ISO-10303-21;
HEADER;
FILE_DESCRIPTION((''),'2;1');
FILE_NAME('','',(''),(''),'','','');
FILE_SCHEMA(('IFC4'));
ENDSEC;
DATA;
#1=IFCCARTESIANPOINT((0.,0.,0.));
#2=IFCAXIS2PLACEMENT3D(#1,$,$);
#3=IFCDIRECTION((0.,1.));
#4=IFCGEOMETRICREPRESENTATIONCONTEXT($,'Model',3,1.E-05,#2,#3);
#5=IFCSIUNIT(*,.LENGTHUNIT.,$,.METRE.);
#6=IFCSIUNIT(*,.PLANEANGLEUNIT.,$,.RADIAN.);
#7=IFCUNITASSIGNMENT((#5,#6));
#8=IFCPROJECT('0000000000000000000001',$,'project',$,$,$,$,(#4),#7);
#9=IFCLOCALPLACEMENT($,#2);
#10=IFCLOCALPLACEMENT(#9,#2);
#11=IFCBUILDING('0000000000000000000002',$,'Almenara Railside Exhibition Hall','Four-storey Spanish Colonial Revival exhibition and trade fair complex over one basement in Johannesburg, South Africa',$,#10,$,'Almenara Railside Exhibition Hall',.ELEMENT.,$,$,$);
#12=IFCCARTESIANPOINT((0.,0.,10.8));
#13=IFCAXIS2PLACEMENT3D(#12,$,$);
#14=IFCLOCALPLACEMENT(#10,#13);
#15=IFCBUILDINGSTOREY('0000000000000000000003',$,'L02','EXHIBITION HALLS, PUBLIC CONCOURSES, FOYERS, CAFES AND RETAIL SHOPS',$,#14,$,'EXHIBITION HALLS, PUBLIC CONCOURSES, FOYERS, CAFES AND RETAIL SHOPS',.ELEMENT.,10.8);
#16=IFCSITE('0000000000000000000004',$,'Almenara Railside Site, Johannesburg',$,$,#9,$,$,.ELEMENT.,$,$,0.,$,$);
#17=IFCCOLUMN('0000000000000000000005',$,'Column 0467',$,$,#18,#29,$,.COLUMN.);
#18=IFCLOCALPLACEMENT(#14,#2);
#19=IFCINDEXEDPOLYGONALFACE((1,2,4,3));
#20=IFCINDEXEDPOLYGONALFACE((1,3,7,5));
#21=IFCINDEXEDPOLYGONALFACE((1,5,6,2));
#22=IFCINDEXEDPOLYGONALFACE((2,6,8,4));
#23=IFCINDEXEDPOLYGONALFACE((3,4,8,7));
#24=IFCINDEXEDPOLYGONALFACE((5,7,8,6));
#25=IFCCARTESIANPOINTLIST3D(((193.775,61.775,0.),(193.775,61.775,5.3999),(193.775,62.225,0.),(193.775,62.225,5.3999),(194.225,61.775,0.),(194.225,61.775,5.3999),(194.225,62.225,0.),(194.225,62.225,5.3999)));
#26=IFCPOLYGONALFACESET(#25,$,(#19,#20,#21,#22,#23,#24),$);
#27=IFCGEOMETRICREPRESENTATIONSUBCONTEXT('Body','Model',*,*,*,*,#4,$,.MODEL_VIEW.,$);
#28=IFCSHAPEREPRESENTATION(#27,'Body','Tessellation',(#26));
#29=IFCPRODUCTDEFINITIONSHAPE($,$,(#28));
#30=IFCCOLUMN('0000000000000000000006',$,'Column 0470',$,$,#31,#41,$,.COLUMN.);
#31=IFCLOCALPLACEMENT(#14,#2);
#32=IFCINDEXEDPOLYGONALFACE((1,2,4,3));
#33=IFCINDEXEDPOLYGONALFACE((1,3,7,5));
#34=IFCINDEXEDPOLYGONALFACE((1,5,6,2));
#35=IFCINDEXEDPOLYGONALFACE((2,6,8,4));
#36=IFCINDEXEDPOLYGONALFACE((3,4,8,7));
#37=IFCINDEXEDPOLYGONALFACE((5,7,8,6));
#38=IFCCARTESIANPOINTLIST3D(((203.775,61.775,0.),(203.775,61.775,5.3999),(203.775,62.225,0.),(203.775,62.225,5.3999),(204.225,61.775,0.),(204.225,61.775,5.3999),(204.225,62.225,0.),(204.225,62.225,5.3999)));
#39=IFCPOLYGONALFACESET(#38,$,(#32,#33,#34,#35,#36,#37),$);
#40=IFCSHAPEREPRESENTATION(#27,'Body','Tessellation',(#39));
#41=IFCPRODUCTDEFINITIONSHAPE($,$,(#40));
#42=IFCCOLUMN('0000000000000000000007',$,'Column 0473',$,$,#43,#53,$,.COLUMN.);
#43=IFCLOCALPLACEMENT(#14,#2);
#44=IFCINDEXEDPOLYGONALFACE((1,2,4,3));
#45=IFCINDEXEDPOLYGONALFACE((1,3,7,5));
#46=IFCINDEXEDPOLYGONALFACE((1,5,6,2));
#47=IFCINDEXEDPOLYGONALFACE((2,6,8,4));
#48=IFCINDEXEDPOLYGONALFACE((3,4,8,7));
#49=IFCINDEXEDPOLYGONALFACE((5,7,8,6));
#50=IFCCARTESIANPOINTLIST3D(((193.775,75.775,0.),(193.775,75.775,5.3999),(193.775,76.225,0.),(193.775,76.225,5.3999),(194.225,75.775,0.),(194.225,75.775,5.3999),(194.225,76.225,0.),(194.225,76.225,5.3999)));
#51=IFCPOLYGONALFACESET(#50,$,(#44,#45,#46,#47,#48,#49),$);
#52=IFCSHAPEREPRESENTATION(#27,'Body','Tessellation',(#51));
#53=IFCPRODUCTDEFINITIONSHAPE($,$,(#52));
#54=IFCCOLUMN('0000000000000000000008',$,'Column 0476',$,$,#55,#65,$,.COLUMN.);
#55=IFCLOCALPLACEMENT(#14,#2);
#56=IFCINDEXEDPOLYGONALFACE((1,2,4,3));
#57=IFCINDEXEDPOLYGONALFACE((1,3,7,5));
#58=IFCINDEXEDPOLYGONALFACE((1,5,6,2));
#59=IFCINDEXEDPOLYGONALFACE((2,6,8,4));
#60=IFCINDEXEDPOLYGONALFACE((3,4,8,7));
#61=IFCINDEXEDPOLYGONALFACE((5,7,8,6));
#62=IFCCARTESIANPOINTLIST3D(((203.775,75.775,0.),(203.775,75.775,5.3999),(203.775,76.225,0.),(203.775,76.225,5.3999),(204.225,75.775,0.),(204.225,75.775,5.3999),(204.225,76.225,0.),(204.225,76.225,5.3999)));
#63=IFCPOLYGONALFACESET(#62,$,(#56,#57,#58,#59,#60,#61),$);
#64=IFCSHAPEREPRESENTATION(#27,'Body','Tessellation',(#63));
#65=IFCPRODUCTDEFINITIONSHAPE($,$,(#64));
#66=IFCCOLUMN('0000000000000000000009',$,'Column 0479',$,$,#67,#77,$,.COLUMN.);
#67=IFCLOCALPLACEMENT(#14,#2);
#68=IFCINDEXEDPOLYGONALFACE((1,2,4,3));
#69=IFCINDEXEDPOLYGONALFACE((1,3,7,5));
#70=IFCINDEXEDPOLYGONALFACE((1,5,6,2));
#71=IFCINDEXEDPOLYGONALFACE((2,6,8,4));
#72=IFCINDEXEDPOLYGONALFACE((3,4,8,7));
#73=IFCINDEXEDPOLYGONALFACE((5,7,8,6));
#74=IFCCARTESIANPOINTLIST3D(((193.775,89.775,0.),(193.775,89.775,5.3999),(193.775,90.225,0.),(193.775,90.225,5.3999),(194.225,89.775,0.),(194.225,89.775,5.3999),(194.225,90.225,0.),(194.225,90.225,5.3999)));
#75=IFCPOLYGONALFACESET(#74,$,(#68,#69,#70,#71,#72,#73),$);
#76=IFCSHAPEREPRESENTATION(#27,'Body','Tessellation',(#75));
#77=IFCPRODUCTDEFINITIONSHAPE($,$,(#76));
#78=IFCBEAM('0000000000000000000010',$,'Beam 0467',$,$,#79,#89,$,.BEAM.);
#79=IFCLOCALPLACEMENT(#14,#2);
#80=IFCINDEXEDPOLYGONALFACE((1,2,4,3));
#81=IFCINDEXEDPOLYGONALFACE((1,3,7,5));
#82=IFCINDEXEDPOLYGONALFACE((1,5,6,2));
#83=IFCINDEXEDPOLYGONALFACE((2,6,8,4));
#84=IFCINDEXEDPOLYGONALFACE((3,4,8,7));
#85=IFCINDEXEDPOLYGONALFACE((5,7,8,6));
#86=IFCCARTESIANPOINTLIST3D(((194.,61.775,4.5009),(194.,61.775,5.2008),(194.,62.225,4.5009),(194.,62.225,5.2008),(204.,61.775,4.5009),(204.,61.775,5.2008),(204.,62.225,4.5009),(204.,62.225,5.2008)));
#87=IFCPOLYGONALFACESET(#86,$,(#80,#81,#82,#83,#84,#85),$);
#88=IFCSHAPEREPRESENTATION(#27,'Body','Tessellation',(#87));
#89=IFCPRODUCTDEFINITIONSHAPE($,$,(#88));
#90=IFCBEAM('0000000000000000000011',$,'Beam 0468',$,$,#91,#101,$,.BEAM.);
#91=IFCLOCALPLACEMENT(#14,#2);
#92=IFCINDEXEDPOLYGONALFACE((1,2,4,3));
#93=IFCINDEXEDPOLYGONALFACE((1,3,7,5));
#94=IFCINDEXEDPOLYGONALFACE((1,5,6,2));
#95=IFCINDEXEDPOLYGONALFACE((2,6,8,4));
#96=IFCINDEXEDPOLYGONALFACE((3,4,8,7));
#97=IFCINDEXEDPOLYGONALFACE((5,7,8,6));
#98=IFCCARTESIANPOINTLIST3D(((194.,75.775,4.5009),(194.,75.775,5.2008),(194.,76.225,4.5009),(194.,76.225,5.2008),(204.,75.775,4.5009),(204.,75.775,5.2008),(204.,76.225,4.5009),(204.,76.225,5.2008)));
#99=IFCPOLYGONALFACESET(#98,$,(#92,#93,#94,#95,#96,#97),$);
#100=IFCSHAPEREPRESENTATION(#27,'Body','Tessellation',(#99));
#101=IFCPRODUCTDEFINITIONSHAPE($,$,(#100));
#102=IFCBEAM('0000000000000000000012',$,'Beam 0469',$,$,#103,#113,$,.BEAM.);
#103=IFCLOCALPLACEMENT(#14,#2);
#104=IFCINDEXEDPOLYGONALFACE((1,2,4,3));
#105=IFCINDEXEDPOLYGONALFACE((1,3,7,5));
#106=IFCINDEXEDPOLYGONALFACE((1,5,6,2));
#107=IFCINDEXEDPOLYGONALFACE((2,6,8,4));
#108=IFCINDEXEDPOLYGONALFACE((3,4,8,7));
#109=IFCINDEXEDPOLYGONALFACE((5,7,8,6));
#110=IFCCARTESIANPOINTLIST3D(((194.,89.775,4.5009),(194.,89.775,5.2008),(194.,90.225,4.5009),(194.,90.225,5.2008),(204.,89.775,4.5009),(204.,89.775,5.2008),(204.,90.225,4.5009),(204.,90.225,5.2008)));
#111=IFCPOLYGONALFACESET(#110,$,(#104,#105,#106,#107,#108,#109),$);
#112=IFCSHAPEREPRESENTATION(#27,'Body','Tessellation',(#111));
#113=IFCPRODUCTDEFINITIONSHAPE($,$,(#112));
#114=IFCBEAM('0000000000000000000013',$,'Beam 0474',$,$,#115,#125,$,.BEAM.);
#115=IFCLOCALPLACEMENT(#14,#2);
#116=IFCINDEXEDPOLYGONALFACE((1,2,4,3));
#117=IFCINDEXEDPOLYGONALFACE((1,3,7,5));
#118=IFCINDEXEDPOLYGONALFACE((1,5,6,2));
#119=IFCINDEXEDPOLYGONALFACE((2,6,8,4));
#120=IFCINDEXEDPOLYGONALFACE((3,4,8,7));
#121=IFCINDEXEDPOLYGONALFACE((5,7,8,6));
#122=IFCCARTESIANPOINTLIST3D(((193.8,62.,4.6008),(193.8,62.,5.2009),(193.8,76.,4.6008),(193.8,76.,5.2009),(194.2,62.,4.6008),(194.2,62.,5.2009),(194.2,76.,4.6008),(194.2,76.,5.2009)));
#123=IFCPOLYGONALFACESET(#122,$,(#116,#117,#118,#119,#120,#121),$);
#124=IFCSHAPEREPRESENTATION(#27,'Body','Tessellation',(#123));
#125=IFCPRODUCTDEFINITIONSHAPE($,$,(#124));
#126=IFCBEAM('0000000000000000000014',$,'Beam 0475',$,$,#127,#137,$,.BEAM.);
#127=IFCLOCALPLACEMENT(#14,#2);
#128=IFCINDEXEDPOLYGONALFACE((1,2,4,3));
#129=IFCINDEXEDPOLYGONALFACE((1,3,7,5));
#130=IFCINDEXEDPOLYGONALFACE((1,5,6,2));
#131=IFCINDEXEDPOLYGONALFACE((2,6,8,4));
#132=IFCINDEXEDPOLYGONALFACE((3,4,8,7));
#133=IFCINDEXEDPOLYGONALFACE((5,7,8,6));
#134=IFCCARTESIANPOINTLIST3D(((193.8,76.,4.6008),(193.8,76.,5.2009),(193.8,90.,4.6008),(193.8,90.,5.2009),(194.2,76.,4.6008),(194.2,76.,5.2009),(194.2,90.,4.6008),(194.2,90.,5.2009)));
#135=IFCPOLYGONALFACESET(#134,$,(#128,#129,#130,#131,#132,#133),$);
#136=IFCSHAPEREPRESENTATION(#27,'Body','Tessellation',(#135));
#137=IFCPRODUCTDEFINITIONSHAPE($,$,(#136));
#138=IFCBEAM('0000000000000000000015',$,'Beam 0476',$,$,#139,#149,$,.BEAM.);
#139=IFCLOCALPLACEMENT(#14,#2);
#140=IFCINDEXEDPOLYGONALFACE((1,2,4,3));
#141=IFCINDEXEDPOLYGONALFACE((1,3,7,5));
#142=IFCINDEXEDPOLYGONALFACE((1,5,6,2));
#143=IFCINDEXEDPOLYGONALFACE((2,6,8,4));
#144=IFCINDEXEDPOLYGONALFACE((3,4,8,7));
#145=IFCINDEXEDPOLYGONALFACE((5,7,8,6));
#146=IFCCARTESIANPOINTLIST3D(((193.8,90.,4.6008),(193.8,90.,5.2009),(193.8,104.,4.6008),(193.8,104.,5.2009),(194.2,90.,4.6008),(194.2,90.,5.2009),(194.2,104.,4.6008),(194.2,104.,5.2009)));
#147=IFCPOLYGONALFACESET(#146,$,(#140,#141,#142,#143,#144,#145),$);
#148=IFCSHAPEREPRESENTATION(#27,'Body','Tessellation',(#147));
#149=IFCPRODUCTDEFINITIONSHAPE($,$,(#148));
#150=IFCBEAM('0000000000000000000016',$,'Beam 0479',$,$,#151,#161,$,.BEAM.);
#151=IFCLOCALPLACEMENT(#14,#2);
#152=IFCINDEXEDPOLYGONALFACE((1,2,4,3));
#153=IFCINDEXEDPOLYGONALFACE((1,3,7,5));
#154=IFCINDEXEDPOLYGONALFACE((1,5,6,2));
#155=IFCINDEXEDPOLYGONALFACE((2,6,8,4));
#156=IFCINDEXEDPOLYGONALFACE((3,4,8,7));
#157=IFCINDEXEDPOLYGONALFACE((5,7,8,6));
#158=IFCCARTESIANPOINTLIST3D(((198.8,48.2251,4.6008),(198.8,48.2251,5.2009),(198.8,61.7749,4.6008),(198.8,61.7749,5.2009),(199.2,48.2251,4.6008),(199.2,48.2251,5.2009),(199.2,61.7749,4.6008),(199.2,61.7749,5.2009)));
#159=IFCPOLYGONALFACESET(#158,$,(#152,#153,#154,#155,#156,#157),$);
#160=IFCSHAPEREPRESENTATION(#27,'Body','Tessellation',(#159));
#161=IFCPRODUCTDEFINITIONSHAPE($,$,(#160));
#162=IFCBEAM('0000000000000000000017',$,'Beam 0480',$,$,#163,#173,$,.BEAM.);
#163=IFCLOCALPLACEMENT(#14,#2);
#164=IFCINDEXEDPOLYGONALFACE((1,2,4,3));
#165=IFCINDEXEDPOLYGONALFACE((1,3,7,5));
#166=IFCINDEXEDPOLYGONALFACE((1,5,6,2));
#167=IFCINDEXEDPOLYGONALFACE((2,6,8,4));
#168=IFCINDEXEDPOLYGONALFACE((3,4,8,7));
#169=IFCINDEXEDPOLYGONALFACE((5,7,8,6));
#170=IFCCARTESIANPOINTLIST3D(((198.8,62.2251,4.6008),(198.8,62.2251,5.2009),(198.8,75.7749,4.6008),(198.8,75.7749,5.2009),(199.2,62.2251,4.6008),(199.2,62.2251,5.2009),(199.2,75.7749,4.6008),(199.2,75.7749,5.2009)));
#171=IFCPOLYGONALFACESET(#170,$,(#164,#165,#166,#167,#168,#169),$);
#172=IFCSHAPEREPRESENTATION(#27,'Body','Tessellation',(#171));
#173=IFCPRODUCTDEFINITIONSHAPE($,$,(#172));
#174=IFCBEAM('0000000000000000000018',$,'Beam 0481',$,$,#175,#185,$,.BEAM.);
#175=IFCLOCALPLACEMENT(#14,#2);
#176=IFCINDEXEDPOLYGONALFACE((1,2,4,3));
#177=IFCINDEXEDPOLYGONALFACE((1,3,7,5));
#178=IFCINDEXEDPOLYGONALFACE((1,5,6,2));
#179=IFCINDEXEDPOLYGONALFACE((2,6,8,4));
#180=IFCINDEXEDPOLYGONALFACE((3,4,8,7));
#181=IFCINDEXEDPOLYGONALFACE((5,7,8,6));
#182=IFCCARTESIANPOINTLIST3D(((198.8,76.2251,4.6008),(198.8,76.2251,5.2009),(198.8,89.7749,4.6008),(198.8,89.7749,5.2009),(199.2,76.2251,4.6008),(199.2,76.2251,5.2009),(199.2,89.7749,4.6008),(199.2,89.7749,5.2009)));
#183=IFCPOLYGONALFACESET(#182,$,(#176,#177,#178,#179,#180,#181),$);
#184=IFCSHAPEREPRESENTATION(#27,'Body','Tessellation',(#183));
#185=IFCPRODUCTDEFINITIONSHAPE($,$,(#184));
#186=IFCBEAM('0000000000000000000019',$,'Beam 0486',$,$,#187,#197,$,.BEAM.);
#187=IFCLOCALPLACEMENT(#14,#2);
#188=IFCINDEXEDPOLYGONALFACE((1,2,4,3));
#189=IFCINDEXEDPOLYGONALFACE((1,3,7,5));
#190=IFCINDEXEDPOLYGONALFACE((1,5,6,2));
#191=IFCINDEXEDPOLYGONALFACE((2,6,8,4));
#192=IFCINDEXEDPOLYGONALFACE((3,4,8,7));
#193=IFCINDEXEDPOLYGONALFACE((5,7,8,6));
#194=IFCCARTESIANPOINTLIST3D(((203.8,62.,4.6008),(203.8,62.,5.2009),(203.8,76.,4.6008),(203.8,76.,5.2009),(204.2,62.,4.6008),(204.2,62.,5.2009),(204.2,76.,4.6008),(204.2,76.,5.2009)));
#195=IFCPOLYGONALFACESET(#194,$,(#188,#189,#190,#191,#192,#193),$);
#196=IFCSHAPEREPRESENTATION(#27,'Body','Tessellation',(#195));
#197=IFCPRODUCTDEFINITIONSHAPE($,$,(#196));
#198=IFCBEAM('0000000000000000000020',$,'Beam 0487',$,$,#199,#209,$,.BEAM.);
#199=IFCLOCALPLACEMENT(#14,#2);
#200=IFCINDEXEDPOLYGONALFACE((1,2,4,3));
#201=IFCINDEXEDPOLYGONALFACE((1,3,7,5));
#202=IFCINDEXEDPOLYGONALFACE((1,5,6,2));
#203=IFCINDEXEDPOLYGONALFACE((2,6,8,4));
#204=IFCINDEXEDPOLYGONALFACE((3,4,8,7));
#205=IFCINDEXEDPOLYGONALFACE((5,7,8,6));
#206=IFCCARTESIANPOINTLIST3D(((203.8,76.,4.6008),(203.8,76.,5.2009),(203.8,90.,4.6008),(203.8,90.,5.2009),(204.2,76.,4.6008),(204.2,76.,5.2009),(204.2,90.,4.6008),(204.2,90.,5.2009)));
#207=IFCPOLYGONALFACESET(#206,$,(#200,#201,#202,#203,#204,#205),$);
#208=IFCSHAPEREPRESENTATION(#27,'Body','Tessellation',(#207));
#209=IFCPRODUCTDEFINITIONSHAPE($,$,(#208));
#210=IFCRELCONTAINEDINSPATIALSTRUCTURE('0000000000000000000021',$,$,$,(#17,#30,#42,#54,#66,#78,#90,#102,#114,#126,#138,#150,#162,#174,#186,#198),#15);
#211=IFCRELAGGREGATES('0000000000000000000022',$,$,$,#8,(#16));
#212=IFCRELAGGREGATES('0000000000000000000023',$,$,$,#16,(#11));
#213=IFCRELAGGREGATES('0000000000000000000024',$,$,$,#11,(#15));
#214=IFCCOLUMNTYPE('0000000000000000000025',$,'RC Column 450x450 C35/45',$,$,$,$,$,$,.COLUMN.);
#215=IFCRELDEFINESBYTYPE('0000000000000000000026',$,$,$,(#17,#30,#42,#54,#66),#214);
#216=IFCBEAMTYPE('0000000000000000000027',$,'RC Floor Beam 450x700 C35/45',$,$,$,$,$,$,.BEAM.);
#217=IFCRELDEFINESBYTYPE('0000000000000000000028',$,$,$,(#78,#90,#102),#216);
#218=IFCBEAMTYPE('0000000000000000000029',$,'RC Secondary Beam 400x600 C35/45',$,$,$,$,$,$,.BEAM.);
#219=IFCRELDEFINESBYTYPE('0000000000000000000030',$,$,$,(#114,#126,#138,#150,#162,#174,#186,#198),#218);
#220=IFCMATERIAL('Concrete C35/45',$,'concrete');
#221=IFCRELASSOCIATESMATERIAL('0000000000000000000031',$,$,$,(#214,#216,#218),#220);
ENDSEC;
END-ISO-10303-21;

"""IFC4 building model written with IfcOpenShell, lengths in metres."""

from ifc_helpers import new_model, si_unit, direction, frame, origin, origin_2d, place, context, subcontext, project, spatial, rectangle, extrude, material, material_profile, profile_set, type_object, element, save


model = new_model("IFC4")

# Units and contexts
model_context = context("Model", 3, precision=1e-05, world=origin(), true_north=direction((0.0, 1.0)))
body_context = subcontext(model_context, "Body", "Model", "MODEL_VIEW")
ifc_project = project(units=[si_unit("LENGTHUNIT", "METRE"), si_unit("PLANEANGLEUNIT", "RADIAN")], contexts=[model_context])

# Site, building, storey
site_placement = place(None, origin())
site = spatial("IfcSite", under=ifc_project, at=site_placement, Name="Almenara Railside Site, Johannesburg", CompositionType="ELEMENT", RefElevation=0.0)
building_placement = place(site_placement, origin())
building = spatial("IfcBuilding", under=site, at=building_placement, Name="Almenara Railside Exhibition Hall", Description="Four-storey Spanish Colonial Revival exhibition and trade fair complex over one basement in Johannesburg, South Africa", LongName="Almenara Railside Exhibition Hall", CompositionType="ELEMENT")
storey_placement = place(building_placement, frame((0.0, 0.0, 10.8)))
storey = spatial("IfcBuildingStorey", under=building, at=storey_placement, Name="L02", Description="EXHIBITION HALLS, PUBLIC CONCOURSES, FOYERS, CAFES AND RETAIL SHOPS", LongName="EXHIBITION HALLS, PUBLIC CONCOURSES, FOYERS, CAFES AND RETAIL SHOPS", CompositionType="ELEMENT", Elevation=10.8)

# Columns
ifc_material_1 = material(Name="Concrete C35/45", Category="concrete")
ifc_material_profile_1 = material_profile(ifc_material_1, rectangle(XDim=0.45, YDim=0.45, at=origin_2d()), Name="RC 450x450")
ifc_profile_set_1 = profile_set([ifc_material_profile_1], Name="Concrete C35/45")
column_type = type_object("IfcColumnType", Name="RC Column 450x450 C35/45", PredefinedType="COLUMN", material=ifc_profile_set_1)
for number, where, z_axis, x_axis, name in (
    (1, (194.0, 62.0, 0.0), (0.0, 0.0, 1.0), (1.0, 0.0, 0.0), "Column 0467"),
    (2, (204.0, 62.0, 0.0), (0.0, 0.0, 1.0), (1.0, 0.0, 0.0), "Column 0470"),
    (3, (194.0, 76.0, 0.0), (0.0, 0.0, 1.0), (1.0, 0.0, 0.0), "Column 0473"),
    (4, (204.0, 76.0, 0.0), (0.0, 0.0, 1.0), (1.0, 0.0, 0.0), "Column 0476"),
    (5, (194.0, 90.0, 0.0), (0.0, 0.0, 1.0), (1.0, 0.0, 0.0), "Column 0479"),
):
    element("IfcColumn", number, at=place(storey_placement, frame(where, z_axis=z_axis, x_axis=x_axis)), inside=storey, type_object=column_type, Name=name, PredefinedType="COLUMN", context=body_context, shape_type="SweptSolid", body=[
        extrude(rectangle(XDim=0.45, YDim=0.45, at=origin_2d()), origin(), (0.0, 0.0, 1.0), 5.3999),
    ])

# Beams
ifc_material_profile_2 = material_profile(ifc_material_1, rectangle(XDim=0.45, YDim=0.7, at=origin_2d()), Name="RC 450x700")
ifc_profile_set_2 = profile_set([ifc_material_profile_2], Name="Concrete C35/45")
beam_type_1 = type_object("IfcBeamType", Name="RC Floor Beam 450x700 C35/45", PredefinedType="BEAM", material=ifc_profile_set_2)
for number, where, z_axis, x_axis, name in (
    (6, (194.0, 62.0, 4.8508), (1.0, 0.0, 0.0), (0.0, 1.0, 0.0), "Beam 0467"),
    (7, (194.0, 76.0, 4.8508), (1.0, 0.0, 0.0), (0.0, 1.0, 0.0), "Beam 0468"),
    (8, (194.0, 90.0, 4.8508), (1.0, 0.0, 0.0), (0.0, 1.0, 0.0), "Beam 0469"),
):
    element("IfcBeam", number, at=place(storey_placement, frame(where, z_axis=z_axis, x_axis=x_axis)), inside=storey, type_object=beam_type_1, Name=name, PredefinedType="BEAM", context=body_context, shape_type="SweptSolid", body=[
        extrude(rectangle(XDim=0.45, YDim=0.7, at=origin_2d()), origin(), (0.0, 0.0, 1.0), 10.0),
    ])
ifc_material_profile_3 = material_profile(ifc_material_1, rectangle(XDim=0.3999, YDim=0.6001, at=origin_2d()), Name="RC 400x600")
ifc_profile_set_3 = profile_set([ifc_material_profile_3], Name="Concrete C35/45")
beam_type_2 = type_object("IfcBeamType", Name="RC Secondary Beam 400x600 C35/45", PredefinedType="BEAM", material=ifc_profile_set_3)
for number, where, z_axis, x_axis, name in (
    (9, (194.0, 62.0, 4.9009), (0.0, 1.0, 0.0), (-1.0, 0.0, 0.0), "Beam 0474"),
    (10, (194.0, 76.0, 4.9009), (0.0, 1.0, 0.0), (-1.0, 0.0, 0.0), "Beam 0475"),
    (11, (194.0, 90.0, 4.9009), (0.0, 1.0, 0.0), (-1.0, 0.0, 0.0), "Beam 0476"),
):
    element("IfcBeam", number, at=place(storey_placement, frame(where, z_axis=z_axis, x_axis=x_axis)), inside=storey, type_object=beam_type_2, Name=name, PredefinedType="BEAM", context=body_context, shape_type="SweptSolid", body=[
        extrude(rectangle(XDim=0.3999, YDim=0.6001, at=origin_2d()), origin(), (0.0, 0.0, 1.0), 14.0),
    ])
for number, where, z_axis, x_axis, name in (
    (12, (199.0, 48.2251, 4.9009), (0.0, 1.0, 0.0), (-1.0, 0.0, 0.0), "Beam 0479"),
    (13, (199.0, 62.2251, 4.9009), (0.0, 1.0, 0.0), (-1.0, 0.0, 0.0), "Beam 0480"),
    (14, (199.0, 76.2251, 4.9009), (0.0, 1.0, 0.0), (-1.0, 0.0, 0.0), "Beam 0481"),
):
    element("IfcBeam", number, at=place(storey_placement, frame(where, z_axis=z_axis, x_axis=x_axis)), inside=storey, type_object=beam_type_2, Name=name, PredefinedType="BEAM", context=body_context, shape_type="SweptSolid", body=[
        extrude(rectangle(XDim=0.3999, YDim=0.6001, at=origin_2d()), origin(), (0.0, 0.0, 1.0), 13.5498),
    ])
for number, where, z_axis, x_axis, name in (
    (15, (204.0, 62.0, 4.9009), (0.0, 1.0, 0.0), (-1.0, 0.0, 0.0), "Beam 0486"),
    (16, (204.0, 76.0, 4.9009), (0.0, 1.0, 0.0), (-1.0, 0.0, 0.0), "Beam 0487"),
):
    element("IfcBeam", number, at=place(storey_placement, frame(where, z_axis=z_axis, x_axis=x_axis)), inside=storey, type_object=beam_type_2, Name=name, PredefinedType="BEAM", context=body_context, shape_type="SweptSolid", body=[
        extrude(rectangle(XDim=0.3999, YDim=0.6001, at=origin_2d()), origin(), (0.0, 0.0, 1.0), 14.0),
    ])

save(model, "model.ifc")
